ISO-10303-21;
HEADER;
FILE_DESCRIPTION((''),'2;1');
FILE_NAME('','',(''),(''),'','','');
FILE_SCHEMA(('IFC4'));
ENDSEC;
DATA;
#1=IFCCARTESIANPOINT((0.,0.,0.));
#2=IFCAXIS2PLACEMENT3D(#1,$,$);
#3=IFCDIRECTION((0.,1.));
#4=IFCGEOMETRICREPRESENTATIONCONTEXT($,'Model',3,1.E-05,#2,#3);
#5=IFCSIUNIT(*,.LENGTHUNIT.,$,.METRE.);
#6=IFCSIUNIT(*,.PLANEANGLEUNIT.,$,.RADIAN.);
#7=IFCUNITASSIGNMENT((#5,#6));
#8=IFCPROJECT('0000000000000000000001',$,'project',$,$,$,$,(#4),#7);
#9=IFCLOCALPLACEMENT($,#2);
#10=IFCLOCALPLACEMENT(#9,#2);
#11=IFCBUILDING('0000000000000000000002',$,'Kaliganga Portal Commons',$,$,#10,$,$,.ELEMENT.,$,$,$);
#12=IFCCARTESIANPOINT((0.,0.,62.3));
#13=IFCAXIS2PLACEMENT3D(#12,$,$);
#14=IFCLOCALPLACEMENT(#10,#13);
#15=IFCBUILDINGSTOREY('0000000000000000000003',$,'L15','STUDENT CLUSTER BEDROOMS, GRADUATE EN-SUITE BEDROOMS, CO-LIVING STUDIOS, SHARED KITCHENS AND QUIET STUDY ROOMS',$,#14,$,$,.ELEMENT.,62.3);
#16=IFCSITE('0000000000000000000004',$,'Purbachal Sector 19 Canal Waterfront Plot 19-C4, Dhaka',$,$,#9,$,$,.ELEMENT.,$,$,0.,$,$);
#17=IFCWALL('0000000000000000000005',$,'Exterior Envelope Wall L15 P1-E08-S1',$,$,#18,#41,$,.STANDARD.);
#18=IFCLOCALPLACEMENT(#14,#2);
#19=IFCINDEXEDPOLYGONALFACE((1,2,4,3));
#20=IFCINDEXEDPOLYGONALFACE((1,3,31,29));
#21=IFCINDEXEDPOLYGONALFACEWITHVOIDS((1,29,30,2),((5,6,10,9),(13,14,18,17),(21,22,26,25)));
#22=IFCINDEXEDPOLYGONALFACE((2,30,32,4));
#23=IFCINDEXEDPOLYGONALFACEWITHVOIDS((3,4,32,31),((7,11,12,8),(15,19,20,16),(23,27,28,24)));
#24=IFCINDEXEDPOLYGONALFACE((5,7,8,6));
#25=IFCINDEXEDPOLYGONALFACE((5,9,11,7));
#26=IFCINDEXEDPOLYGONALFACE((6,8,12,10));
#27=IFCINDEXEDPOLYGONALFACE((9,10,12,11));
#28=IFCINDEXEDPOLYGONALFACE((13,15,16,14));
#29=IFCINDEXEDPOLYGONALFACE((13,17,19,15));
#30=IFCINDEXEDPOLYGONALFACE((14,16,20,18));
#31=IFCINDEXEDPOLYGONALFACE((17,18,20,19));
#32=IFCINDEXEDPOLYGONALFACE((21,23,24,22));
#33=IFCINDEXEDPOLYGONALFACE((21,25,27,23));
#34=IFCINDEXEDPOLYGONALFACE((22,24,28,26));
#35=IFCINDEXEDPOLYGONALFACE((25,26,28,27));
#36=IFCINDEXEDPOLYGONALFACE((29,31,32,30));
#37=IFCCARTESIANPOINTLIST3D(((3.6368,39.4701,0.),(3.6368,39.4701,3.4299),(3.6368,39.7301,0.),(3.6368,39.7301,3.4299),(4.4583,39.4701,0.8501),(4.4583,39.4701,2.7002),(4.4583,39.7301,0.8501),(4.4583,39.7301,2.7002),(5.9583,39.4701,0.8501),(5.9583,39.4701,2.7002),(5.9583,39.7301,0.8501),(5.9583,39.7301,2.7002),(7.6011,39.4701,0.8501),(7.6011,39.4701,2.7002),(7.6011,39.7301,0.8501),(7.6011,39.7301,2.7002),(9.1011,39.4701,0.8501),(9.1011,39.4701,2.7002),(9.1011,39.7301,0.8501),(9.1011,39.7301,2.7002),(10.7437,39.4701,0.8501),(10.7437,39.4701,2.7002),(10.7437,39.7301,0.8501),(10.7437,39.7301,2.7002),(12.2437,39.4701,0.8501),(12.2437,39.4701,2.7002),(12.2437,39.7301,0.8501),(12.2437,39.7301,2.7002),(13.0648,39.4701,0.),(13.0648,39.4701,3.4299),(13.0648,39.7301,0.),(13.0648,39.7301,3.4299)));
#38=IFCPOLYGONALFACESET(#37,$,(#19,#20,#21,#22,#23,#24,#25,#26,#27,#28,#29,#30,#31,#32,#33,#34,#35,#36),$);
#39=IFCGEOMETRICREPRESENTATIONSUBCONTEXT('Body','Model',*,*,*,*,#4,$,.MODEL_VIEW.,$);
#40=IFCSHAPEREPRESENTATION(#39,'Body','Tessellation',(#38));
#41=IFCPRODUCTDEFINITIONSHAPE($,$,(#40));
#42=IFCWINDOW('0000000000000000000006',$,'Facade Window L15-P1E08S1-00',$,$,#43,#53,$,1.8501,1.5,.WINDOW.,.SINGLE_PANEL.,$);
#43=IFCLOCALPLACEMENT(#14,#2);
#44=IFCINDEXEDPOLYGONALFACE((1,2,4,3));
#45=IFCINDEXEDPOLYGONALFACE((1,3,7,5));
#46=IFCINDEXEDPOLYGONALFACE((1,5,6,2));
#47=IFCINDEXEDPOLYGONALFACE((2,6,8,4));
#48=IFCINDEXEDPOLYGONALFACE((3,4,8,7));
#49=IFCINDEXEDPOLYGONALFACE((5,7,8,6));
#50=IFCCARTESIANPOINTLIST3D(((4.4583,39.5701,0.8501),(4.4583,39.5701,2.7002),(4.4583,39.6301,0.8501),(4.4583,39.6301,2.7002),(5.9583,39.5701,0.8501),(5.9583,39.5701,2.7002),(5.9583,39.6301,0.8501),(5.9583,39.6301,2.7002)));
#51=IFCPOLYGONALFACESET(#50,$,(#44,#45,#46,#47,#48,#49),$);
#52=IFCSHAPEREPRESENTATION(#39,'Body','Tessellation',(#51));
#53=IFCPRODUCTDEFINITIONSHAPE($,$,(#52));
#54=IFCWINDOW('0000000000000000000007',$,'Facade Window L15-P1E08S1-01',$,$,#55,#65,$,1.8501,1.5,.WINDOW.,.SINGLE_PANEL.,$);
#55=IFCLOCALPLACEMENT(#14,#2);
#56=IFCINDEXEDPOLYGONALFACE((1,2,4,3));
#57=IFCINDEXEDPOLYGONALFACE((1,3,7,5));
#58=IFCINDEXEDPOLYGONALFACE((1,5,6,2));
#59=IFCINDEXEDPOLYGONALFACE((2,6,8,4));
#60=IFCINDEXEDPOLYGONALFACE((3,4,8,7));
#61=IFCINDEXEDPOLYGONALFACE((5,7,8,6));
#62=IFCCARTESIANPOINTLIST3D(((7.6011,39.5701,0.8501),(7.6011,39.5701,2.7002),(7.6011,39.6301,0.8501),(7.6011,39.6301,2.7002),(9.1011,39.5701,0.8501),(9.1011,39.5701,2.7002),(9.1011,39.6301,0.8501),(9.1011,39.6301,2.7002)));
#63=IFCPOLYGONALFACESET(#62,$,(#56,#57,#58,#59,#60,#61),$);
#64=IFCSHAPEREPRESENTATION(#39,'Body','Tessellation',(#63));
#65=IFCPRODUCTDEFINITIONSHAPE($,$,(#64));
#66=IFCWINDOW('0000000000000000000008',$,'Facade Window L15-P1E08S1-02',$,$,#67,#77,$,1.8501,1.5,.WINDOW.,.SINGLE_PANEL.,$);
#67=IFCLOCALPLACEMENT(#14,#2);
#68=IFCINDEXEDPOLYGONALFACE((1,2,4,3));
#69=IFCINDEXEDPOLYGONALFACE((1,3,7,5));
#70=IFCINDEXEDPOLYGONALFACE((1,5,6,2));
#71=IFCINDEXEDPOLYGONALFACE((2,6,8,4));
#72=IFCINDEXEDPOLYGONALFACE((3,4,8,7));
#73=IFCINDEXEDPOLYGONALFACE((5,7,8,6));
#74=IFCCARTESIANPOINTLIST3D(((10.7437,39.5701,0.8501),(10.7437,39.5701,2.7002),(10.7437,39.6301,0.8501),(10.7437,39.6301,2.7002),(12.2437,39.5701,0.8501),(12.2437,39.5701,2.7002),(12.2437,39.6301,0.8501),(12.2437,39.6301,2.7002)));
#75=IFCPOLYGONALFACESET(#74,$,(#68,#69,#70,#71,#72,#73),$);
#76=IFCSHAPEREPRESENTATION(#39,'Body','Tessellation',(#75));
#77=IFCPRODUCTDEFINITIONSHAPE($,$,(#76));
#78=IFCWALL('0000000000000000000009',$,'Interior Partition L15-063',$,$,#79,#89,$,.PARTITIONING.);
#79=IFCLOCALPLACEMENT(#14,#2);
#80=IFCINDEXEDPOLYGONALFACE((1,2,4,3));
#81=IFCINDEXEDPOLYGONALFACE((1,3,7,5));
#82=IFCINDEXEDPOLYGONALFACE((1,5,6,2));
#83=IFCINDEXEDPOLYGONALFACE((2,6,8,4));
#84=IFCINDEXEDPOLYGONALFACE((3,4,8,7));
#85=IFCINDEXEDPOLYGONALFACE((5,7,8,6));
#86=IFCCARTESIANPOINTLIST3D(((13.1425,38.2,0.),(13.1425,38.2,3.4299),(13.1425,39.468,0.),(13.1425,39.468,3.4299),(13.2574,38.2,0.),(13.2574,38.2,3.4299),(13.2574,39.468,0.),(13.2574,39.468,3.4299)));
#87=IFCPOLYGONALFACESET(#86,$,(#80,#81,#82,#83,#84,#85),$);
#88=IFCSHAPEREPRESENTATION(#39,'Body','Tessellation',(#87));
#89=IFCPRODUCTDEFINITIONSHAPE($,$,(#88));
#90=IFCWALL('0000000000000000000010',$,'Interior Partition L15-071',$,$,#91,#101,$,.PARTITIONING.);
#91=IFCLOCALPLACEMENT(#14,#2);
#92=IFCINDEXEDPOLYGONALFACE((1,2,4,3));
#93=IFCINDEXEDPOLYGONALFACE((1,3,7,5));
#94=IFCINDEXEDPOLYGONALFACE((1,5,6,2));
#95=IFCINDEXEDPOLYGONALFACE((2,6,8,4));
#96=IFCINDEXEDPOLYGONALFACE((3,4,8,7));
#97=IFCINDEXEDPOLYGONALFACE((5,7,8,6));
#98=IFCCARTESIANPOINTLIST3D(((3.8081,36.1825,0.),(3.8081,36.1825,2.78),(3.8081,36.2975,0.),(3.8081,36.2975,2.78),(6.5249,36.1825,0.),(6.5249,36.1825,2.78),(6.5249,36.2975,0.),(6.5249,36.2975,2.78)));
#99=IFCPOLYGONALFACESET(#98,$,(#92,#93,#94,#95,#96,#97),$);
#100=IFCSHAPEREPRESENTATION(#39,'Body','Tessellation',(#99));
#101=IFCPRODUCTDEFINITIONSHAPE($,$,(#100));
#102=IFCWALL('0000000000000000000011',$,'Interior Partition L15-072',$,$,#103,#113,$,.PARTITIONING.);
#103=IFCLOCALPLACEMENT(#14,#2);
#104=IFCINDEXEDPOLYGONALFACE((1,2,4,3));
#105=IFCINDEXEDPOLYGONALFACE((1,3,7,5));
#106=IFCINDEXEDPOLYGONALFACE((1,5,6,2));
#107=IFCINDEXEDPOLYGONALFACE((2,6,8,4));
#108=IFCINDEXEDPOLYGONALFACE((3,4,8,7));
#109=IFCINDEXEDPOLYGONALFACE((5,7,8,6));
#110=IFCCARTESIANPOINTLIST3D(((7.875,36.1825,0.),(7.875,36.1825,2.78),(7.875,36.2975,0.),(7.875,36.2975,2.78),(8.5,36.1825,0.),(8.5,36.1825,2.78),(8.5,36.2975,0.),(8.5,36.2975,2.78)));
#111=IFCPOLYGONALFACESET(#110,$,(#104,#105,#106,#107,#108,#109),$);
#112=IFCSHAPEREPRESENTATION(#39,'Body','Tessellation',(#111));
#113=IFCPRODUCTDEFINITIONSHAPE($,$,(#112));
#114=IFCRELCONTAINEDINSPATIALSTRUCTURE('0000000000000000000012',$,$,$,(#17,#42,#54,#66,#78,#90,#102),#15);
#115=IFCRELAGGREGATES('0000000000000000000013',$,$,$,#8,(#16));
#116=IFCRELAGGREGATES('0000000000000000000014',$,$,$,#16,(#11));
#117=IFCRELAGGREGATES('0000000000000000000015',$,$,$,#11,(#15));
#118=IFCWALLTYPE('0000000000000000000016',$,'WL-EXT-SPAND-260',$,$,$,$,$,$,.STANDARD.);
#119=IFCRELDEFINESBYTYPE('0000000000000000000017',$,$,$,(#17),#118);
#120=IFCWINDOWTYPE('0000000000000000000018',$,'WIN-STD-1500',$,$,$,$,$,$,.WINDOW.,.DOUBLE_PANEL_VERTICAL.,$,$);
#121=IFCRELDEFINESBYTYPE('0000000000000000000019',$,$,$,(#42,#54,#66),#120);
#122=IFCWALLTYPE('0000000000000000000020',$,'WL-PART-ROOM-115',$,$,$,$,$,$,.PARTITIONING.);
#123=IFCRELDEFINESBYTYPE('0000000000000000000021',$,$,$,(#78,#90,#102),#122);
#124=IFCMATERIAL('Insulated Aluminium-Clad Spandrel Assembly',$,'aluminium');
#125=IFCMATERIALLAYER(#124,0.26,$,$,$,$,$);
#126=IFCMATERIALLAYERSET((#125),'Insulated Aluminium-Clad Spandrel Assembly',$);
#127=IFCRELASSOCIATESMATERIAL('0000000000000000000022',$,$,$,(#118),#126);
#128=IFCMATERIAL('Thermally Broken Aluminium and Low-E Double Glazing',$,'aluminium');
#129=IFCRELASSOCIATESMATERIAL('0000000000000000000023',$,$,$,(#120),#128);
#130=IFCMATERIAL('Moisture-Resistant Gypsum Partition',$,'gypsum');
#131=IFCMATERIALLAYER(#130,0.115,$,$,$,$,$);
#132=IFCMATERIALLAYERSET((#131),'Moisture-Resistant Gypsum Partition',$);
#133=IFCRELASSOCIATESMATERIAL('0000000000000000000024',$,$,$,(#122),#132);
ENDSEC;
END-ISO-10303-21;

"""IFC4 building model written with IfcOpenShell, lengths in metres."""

from ifc_helpers import new_model, si_unit, direction, frame, frame_2d, origin, place, context, subcontext, project, spatial, rectangle, extrude, material, layer, layer_set, type_object, element, fill, save


model = new_model("IFC4")

# Units and contexts
model_context = context("Model", 3, precision=1e-05, world=origin(), true_north=direction((0.0, 1.0)))
body_context = subcontext(model_context, "Body", "Model", "MODEL_VIEW")
ifc_project = project(units=[si_unit("LENGTHUNIT", "METRE"), si_unit("PLANEANGLEUNIT", "RADIAN")], contexts=[model_context])

# Site, building, storey
site_placement = place(None, origin())
site = spatial("IfcSite", under=ifc_project, at=site_placement, Name="Purbachal Sector 19 Canal Waterfront Plot 19-C4, Dhaka", CompositionType="ELEMENT", RefElevation=0.0)
building_placement = place(site_placement, origin())
building = spatial("IfcBuilding", under=site, at=building_placement, Name="Kaliganga Portal Commons", CompositionType="ELEMENT")
storey_placement = place(building_placement, frame((0.0, 0.0, 62.3)))
storey = spatial("IfcBuildingStorey", under=building, at=storey_placement, Name="L15", Description="STUDENT CLUSTER BEDROOMS, GRADUATE EN-SUITE BEDROOMS, CO-LIVING STUDIOS, SHARED KITCHENS AND QUIET STUDY ROOMS", CompositionType="ELEMENT", Elevation=62.3)

# Shared definitions
ifc_material_1 = material(Name="Insulated Aluminium-Clad Spandrel Assembly", Category="aluminium")
ifc_layer_1 = layer(ifc_material_1, 0.26)
ifc_layer_set_1 = layer_set([ifc_layer_1], Name="Insulated Aluminium-Clad Spandrel Assembly")
wall_type_1 = type_object("IfcWallType", Name="WL-EXT-SPAND-260", PredefinedType="STANDARD", material=ifc_layer_set_1)

# Shared definitions
ifc_material_2 = material(Name="Thermally Broken Aluminium and Low-E Double Glazing", Category="aluminium")
window_type = type_object("IfcWindowType", Name="WIN-STD-1500", PartitioningType="DOUBLE_PANEL_VERTICAL", PredefinedType="WINDOW", material=ifc_material_2)

# Wall, openings, windows
wall_1_placement = place(storey_placement, frame((3.637, 39.6001, 0.0), z_axis=(0.0, 0.0, 1.0), x_axis=(1.0, 0.0, 0.0)))
wall_1 = element("IfcWall", 1, at=wall_1_placement, inside=storey, type_object=wall_type_1, Name="Exterior Envelope Wall L15 P1-E08-S1", PredefinedType="STANDARD", context=body_context, shape_type="SweptSolid", body=[
    extrude(rectangle(XDim=9.428, YDim=0.26, at=frame_2d((4.7139, 0.0))), origin(), (0.0, 0.0, 1.0), 3.4299),
])
opening_1_placement = place(wall_1_placement, frame((0.8213, 0.0, 0.8501)))
opening_1 = element("IfcOpeningElement", 2, at=opening_1_placement, cuts=wall_1, PredefinedType="OPENING", context=body_context, shape_type="SweptSolid", body=[
    extrude(rectangle(XDim=1.5, YDim=1.8501, at=frame_2d((0.75, 0.925))), frame((0.0, 0.1401, 0.0), z_axis=(0.0, -1.0, 0.0), x_axis=(1.0, 0.0, 0.0)), (0.0, 0.0, 1.0), 0.28),
])
opening_2_placement = place(wall_1_placement, frame((3.9641, 0.0, 0.8501)))
opening_2 = element("IfcOpeningElement", 3, at=opening_2_placement, cuts=wall_1, PredefinedType="OPENING", context=body_context, shape_type="SweptSolid", body=[
    extrude(rectangle(XDim=1.5, YDim=1.8501, at=frame_2d((0.75, 0.925))), frame((0.0, 0.1401, 0.0), z_axis=(0.0, -1.0, 0.0), x_axis=(1.0, 0.0, 0.0)), (0.0, 0.0, 1.0), 0.28),
])
opening_3_placement = place(wall_1_placement, frame((7.1067, 0.0, 0.8501)))
opening_3 = element("IfcOpeningElement", 4, at=opening_3_placement, cuts=wall_1, PredefinedType="OPENING", context=body_context, shape_type="SweptSolid", body=[
    extrude(rectangle(XDim=1.5, YDim=1.8501, at=frame_2d((0.75, 0.925))), frame((0.0, 0.1401, 0.0), z_axis=(0.0, -1.0, 0.0), x_axis=(1.0, 0.0, 0.0)), (0.0, 0.0, 1.0), 0.28),
])
window_1_placement = place(opening_1_placement, origin())
window_1 = element("IfcWindow", 5, at=window_1_placement, inside=storey, type_object=window_type, Name="Facade Window L15-P1E08S1-00", OverallHeight=1.8501, OverallWidth=1.5, PartitioningType="SINGLE_PANEL", PredefinedType="WINDOW", context=body_context, shape_type="SweptSolid", body=[
    extrude(rectangle(XDim=1.5, YDim=1.8501, at=frame_2d((0.75, 0.925))), frame((0.0, 0.03, 0.0), z_axis=(0.0, -1.0, 0.0), x_axis=(1.0, 0.0, 0.0)), (0.0, 0.0, 1.0), 0.0601),
])
fill(opening_1, window_1)
window_2_placement = place(opening_2_placement, origin())
window_2 = element("IfcWindow", 6, at=window_2_placement, inside=storey, type_object=window_type, Name="Facade Window L15-P1E08S1-01", OverallHeight=1.8501, OverallWidth=1.5, PartitioningType="SINGLE_PANEL", PredefinedType="WINDOW", context=body_context, shape_type="SweptSolid", body=[
    extrude(rectangle(XDim=1.5, YDim=1.8501, at=frame_2d((0.75, 0.925))), frame((0.0, 0.03, 0.0), z_axis=(0.0, -1.0, 0.0), x_axis=(1.0, 0.0, 0.0)), (0.0, 0.0, 1.0), 0.0601),
])
fill(opening_2, window_2)
window_3_placement = place(opening_3_placement, origin())
window_3 = element("IfcWindow", 7, at=window_3_placement, inside=storey, type_object=window_type, Name="Facade Window L15-P1E08S1-02", OverallHeight=1.8501, OverallWidth=1.5, PartitioningType="SINGLE_PANEL", PredefinedType="WINDOW", context=body_context, shape_type="SweptSolid", body=[
    extrude(rectangle(XDim=1.5, YDim=1.8501, at=frame_2d((0.75, 0.925))), frame((0.0, 0.03, 0.0), z_axis=(0.0, -1.0, 0.0), x_axis=(1.0, 0.0, 0.0)), (0.0, 0.0, 1.0), 0.0601),
])
fill(opening_3, window_3)

# Walls
ifc_material_3 = material(Name="Moisture-Resistant Gypsum Partition", Category="gypsum")
ifc_layer_2 = layer(ifc_material_3, 0.115)
ifc_layer_set_2 = layer_set([ifc_layer_2], Name="Moisture-Resistant Gypsum Partition")
wall_type_2 = type_object("IfcWallType", Name="WL-PART-ROOM-115", PredefinedType="PARTITIONING", material=ifc_layer_set_2)
wall_2_placement = place(storey_placement, frame((13.2, 38.2, 0.0), z_axis=(0.0, 0.0, 1.0), x_axis=(0.0, 1.0, 0.0)))
element("IfcWall", 8, at=wall_2_placement, inside=storey, type_object=wall_type_2, Name="Interior Partition L15-063", PredefinedType="PARTITIONING", context=body_context, shape_type="SweptSolid", body=[
    extrude(rectangle(XDim=1.2681, YDim=0.115, at=frame_2d((0.634, 0.0))), origin(), (0.0, 0.0, 1.0), 3.4299),
])
wall_3_placement = place(storey_placement, frame((3.8081, 36.24, 0.0), z_axis=(0.0, 0.0, 1.0), x_axis=(1.0, 0.0, 0.0)))
element("IfcWall", 9, at=wall_3_placement, inside=storey, type_object=wall_type_2, Name="Interior Partition L15-071", PredefinedType="PARTITIONING", context=body_context, shape_type="SweptSolid", body=[
    extrude(rectangle(XDim=2.7168, YDim=0.115, at=frame_2d((1.3584, 0.0))), origin(), (0.0, 0.0, 1.0), 2.78),
])
wall_4_placement = place(storey_placement, frame((7.875, 36.24, 0.0), z_axis=(0.0, 0.0, 1.0), x_axis=(1.0, 0.0, 0.0)))
element("IfcWall", 10, at=wall_4_placement, inside=storey, type_object=wall_type_2, Name="Interior Partition L15-072", PredefinedType="PARTITIONING", context=body_context, shape_type="SweptSolid", body=[
    extrude(rectangle(XDim=0.625, YDim=0.115, at=frame_2d((0.3125, 0.0))), origin(), (0.0, 0.0, 1.0), 2.78),
])

save(model, "model.ifc")
